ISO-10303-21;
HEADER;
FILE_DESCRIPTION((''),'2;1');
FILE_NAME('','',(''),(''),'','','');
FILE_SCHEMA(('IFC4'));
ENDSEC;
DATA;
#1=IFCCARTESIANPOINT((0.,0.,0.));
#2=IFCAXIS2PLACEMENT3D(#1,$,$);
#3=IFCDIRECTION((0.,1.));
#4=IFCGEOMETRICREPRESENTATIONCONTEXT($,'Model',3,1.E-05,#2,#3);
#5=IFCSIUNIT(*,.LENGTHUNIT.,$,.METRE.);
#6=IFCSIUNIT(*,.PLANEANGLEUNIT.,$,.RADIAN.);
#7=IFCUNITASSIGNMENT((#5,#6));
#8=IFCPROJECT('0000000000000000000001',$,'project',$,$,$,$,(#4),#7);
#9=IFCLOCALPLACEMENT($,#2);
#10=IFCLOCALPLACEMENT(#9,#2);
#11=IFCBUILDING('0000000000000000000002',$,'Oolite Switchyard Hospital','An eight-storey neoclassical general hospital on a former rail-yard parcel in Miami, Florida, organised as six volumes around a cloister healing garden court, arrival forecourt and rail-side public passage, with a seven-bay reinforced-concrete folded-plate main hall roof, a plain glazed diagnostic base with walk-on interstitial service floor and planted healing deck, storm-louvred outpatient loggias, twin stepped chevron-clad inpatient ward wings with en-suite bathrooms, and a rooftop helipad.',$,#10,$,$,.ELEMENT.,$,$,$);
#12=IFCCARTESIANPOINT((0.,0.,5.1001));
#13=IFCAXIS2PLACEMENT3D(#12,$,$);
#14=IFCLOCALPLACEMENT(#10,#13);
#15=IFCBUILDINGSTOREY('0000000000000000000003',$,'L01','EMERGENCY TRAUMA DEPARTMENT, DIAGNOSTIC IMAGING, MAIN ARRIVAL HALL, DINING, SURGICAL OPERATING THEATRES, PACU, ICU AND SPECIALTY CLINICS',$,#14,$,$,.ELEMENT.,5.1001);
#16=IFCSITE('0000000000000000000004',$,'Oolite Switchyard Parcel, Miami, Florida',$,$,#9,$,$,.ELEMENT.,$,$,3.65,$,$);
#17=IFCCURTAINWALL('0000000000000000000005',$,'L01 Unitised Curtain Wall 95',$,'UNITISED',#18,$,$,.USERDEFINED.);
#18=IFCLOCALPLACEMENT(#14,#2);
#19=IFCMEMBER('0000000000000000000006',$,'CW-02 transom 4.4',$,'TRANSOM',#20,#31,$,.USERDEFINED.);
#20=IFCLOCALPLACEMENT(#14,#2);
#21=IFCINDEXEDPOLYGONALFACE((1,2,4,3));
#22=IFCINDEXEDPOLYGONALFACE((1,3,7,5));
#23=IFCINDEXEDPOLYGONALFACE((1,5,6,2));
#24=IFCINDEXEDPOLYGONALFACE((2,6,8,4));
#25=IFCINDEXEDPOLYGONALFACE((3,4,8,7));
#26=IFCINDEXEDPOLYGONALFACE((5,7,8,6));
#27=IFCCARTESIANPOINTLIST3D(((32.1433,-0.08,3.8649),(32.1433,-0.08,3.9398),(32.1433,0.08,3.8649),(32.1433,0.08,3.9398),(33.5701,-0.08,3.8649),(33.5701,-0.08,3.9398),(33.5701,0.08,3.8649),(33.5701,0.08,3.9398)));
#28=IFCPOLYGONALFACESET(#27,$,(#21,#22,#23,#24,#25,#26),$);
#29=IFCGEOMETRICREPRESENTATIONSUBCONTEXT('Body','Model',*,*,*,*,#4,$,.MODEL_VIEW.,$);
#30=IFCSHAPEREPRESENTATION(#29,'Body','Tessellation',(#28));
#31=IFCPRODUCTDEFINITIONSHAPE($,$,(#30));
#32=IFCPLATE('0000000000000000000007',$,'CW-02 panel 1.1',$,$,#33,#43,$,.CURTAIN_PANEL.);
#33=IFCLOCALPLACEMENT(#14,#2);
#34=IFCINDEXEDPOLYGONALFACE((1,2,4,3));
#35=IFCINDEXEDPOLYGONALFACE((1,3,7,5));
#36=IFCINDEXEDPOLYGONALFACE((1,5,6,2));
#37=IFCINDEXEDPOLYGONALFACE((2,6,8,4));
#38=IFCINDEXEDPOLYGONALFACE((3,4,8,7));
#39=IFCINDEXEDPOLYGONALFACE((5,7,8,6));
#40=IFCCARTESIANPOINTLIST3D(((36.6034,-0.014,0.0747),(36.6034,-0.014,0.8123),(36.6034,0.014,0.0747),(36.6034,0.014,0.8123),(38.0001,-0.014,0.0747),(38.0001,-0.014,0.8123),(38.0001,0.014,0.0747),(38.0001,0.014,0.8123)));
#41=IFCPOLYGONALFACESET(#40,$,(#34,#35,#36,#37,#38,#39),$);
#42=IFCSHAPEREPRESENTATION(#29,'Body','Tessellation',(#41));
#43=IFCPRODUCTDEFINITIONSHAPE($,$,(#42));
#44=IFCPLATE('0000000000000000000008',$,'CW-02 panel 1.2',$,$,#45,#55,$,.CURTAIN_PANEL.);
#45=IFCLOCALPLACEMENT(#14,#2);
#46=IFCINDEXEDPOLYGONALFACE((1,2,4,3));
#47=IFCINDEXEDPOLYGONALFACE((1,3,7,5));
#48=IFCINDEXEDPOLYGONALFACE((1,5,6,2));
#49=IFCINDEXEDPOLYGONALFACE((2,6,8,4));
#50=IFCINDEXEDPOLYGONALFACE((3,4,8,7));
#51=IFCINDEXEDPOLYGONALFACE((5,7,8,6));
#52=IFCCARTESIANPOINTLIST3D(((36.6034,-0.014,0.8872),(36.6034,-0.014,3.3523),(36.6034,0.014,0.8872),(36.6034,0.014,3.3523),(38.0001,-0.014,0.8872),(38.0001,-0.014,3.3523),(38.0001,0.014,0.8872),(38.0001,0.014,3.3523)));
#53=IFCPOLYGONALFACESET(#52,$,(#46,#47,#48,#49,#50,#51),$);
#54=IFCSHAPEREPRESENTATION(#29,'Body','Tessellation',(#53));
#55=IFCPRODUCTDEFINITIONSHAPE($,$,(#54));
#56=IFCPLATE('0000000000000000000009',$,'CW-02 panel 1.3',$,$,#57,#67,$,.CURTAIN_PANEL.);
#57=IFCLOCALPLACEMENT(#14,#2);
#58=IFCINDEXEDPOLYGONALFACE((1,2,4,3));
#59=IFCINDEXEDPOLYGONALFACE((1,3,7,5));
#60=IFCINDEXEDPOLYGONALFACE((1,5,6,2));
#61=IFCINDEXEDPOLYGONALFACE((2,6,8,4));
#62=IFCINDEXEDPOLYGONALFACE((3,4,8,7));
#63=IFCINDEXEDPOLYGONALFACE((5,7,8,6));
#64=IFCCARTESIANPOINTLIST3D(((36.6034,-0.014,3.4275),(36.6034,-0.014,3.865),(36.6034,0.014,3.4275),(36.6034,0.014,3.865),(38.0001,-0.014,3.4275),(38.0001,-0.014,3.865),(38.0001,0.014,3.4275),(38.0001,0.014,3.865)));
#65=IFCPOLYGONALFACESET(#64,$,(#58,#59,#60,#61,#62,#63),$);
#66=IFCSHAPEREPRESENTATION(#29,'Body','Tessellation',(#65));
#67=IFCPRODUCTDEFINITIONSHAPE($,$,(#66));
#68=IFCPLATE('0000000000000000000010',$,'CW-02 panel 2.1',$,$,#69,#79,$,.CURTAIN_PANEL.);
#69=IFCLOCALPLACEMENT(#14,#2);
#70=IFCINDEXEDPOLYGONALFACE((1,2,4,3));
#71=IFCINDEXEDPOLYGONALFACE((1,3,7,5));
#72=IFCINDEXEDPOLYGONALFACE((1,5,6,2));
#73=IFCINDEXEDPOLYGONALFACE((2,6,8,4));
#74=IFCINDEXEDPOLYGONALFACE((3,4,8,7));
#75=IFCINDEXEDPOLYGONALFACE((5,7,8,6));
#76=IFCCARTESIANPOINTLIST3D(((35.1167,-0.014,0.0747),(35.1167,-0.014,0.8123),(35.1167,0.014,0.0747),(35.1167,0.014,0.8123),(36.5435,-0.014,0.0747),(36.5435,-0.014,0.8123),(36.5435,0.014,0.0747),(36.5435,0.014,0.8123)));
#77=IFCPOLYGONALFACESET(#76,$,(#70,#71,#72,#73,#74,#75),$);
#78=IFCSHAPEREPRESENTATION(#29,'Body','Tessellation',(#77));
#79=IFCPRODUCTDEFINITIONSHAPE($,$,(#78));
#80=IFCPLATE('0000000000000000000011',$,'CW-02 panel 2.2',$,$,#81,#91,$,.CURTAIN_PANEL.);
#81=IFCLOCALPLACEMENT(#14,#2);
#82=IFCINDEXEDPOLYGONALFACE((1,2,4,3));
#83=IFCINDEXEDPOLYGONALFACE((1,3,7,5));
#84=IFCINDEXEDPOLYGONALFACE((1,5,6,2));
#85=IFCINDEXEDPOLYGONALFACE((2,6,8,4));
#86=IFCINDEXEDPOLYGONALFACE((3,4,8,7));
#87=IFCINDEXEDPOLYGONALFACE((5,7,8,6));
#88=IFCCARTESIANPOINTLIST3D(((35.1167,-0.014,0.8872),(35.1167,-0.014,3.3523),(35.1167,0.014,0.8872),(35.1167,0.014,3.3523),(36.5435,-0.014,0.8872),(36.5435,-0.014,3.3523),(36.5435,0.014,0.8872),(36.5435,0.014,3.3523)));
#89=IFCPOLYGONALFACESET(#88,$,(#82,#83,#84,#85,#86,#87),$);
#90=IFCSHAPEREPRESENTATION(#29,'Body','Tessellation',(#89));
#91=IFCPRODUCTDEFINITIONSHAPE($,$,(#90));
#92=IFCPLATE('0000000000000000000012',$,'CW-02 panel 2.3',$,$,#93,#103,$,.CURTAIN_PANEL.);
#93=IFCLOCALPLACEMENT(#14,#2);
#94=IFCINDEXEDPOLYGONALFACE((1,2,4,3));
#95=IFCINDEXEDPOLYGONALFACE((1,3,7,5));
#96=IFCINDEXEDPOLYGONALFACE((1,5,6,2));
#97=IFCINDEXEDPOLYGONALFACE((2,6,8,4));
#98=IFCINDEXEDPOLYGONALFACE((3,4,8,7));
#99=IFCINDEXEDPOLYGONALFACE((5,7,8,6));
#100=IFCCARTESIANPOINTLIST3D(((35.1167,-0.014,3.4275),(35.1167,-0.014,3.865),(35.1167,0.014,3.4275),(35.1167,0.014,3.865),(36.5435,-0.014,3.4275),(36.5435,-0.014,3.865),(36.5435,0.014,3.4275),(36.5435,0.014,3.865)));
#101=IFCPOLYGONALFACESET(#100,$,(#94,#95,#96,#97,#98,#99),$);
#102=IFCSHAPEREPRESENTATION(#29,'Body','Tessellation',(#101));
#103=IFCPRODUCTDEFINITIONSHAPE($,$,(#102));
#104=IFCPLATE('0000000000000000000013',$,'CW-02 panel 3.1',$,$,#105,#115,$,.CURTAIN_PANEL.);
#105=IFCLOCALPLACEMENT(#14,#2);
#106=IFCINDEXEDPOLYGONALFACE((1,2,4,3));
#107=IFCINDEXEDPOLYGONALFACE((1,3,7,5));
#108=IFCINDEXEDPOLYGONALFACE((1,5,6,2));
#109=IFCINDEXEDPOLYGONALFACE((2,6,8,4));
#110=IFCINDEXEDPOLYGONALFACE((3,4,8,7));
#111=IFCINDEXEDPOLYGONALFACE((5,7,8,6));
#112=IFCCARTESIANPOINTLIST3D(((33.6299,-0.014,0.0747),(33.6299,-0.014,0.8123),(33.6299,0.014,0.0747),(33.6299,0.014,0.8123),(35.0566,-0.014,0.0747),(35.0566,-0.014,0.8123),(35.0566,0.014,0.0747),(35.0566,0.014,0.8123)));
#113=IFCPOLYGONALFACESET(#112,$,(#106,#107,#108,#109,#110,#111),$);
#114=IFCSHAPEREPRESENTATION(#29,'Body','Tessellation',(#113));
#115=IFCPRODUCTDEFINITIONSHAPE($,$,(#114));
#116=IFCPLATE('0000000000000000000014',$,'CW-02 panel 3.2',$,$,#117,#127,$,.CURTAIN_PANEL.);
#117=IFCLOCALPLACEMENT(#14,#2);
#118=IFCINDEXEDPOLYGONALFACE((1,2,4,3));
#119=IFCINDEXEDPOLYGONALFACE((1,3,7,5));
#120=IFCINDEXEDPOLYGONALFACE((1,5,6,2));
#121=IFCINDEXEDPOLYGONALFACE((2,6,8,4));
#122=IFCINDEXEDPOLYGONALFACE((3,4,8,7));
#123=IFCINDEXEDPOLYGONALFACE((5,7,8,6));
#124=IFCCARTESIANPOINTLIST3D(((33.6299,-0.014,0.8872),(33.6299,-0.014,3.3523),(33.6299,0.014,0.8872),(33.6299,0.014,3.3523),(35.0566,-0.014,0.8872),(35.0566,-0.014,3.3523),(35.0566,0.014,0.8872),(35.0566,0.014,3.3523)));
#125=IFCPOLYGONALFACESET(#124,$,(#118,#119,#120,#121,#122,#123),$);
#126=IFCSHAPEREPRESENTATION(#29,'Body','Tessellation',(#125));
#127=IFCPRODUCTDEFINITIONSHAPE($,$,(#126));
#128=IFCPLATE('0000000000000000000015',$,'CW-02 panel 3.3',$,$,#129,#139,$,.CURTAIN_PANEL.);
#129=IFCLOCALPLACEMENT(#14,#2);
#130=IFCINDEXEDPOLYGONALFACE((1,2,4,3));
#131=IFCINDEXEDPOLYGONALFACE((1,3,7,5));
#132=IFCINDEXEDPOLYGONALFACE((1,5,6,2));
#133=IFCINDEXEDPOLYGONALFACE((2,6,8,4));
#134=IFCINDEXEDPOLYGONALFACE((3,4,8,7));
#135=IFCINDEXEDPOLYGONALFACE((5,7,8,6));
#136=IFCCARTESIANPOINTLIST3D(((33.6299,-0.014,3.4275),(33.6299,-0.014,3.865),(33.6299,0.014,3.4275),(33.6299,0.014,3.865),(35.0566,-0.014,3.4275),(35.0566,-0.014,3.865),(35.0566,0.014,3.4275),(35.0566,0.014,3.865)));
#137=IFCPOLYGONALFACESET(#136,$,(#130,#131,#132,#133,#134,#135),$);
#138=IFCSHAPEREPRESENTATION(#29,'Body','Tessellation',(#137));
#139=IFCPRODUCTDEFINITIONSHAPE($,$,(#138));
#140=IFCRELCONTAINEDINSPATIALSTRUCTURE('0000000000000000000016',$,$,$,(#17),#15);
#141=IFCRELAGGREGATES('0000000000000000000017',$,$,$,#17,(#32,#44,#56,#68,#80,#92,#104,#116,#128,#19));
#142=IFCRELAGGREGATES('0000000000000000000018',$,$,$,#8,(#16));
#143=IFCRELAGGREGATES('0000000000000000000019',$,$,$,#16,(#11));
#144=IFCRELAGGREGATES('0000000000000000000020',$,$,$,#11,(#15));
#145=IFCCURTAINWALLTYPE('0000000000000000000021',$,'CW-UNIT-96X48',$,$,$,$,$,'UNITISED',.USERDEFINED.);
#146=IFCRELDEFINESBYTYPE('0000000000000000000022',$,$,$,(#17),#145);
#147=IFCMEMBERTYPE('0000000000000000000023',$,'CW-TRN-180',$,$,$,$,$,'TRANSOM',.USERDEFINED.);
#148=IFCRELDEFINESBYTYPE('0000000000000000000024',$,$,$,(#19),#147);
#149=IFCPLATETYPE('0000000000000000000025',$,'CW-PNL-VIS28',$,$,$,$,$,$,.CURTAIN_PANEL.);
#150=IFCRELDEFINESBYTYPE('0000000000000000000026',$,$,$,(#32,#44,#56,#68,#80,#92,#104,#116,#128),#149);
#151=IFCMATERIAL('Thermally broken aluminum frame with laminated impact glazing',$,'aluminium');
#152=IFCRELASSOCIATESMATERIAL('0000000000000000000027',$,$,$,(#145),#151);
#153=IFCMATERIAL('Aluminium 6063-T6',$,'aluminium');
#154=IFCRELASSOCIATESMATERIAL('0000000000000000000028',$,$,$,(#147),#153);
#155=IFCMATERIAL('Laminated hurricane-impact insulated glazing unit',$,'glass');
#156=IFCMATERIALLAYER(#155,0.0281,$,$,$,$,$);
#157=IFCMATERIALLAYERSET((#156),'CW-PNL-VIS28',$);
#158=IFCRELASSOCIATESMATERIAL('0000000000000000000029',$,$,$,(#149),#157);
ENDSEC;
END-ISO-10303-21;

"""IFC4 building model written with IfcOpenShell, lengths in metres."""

from ifc_helpers import new_model, si_unit, direction, frame, origin, origin_2d, place, context, subcontext, project, spatial, rectangle, extrude, material, layer, layer_set, material_profile, profile_set, type_object, element, aggregate, save


model = new_model("IFC4")

# Units and contexts
model_context = context("Model", 3, precision=1e-05, world=origin(), true_north=direction((0.0, 1.0)))
body_context = subcontext(model_context, "Body", "Model", "MODEL_VIEW")
ifc_project = project(units=[si_unit("LENGTHUNIT", "METRE"), si_unit("PLANEANGLEUNIT", "RADIAN")], contexts=[model_context])

# Site, building, storey
site_placement = place(None, origin())
site = spatial("IfcSite", under=ifc_project, at=site_placement, Name="Oolite Switchyard Parcel, Miami, Florida", CompositionType="ELEMENT", RefElevation=3.65)
building_placement = place(site_placement, origin())
building = spatial("IfcBuilding", under=site, at=building_placement, Name="Oolite Switchyard Hospital", Description="An eight-storey neoclassical general hospital on a former rail-yard parcel in Miami, Florida, organised as six volumes around a cloister healing garden court, arrival forecourt and rail-side public passage, with a seven-bay reinforced-concrete folded-plate main hall roof, a plain glazed diagnostic base with walk-on interstitial service floor and planted healing deck, storm-louvred outpatient loggias, twin stepped chevron-clad inpatient ward wings with en-suite bathrooms, and a rooftop helipad.", CompositionType="ELEMENT")
storey_placement = place(building_placement, frame((0.0, 0.0, 5.1001)))
storey = spatial("IfcBuildingStorey", under=building, at=storey_placement, Name="L01", Description="EMERGENCY TRAUMA DEPARTMENT, DIAGNOSTIC IMAGING, MAIN ARRIVAL HALL, DINING, SURGICAL OPERATING THEATRES, PACU, ICU AND SPECIALTY CLINICS", CompositionType="ELEMENT", Elevation=5.1001)

# Curtain wall, member, plates
ifc_material_1 = material(Name="Thermally broken aluminum frame with laminated impact glazing", Category="aluminium")
curtain_wall_type = type_object("IfcCurtainWallType", Name="CW-UNIT-96X48", ElementType="UNITISED", PredefinedType="USERDEFINED", material=ifc_material_1)
curtain_wall_placement = place(storey_placement, origin())
curtain_wall = element("IfcCurtainWall", 1, at=curtain_wall_placement, inside=storey, type_object=curtain_wall_type, Name="L01 Unitised Curtain Wall 95", ObjectType="UNITISED", PredefinedType="USERDEFINED")
ifc_material_2 = material(Name="Aluminium 6063-T6", Category="aluminium")
ifc_material_profile_1 = material_profile(ifc_material_2, rectangle(XDim=0.1599, YDim=0.075, at=origin_2d()), Name="CWT75X160")
ifc_profile_set_1 = profile_set([ifc_material_profile_1], Name="Aluminium 6063-T6")
member_type_1 = type_object("IfcMemberType", Name="CW-TRN-180", ElementType="TRANSOM", PredefinedType="USERDEFINED", material=ifc_profile_set_1)
member_1_placement = place(storey_placement, frame((33.5701, 0.0, 3.9023), z_axis=(-1.0, 0.0, 0.0), x_axis=(0.0, -1.0, 0.0)))
member_1 = element("IfcMember", 2, at=member_1_placement, type_object=member_type_1, Name="CW-02 transom 4.4", ObjectType="TRANSOM", PredefinedType="USERDEFINED", context=body_context, shape_type="SweptSolid", body=[
    extrude(rectangle(XDim=0.1599, YDim=0.075, at=origin_2d()), origin(), (0.0, 0.0, 1.0), 1.4268),
])
ifc_material_3 = material(Name="Laminated hurricane-impact insulated glazing unit", Category="glass")
ifc_layer = layer(ifc_material_3, 0.0281)
ifc_layer_set = layer_set([ifc_layer], Name="CW-PNL-VIS28")
plate_type = type_object("IfcPlateType", Name="CW-PNL-VIS28", PredefinedType="CURTAIN_PANEL", material=ifc_layer_set)
plate_1_placement = place(storey_placement, frame((37.3018, 0.0, 0.0747), z_axis=(0.0, 0.0, 1.0), x_axis=(-1.0, 0.0, 0.0)))
plate_1 = element("IfcPlate", 3, at=plate_1_placement, type_object=plate_type, Name="CW-02 panel 1.1", PredefinedType="CURTAIN_PANEL", context=body_context, shape_type="SweptSolid", body=[
    extrude(rectangle(XDim=1.3967, YDim=0.0281, at=origin_2d()), origin(), (0.0, 0.0, 1.0), 0.7375),
])
plate_2_placement = place(storey_placement, frame((37.3018, 0.0, 0.8872), z_axis=(0.0, 0.0, 1.0), x_axis=(-1.0, 0.0, 0.0)))
plate_2 = element("IfcPlate", 4, at=plate_2_placement, type_object=plate_type, Name="CW-02 panel 1.2", PredefinedType="CURTAIN_PANEL", context=body_context, shape_type="SweptSolid", body=[
    extrude(rectangle(XDim=1.3967, YDim=0.0281, at=origin_2d()), origin(), (0.0, 0.0, 1.0), 2.4651),
])
plate_3_placement = place(storey_placement, frame((37.3018, 0.0, 3.4275), z_axis=(0.0, 0.0, 1.0), x_axis=(-1.0, 0.0, 0.0)))
plate_3 = element("IfcPlate", 5, at=plate_3_placement, type_object=plate_type, Name="CW-02 panel 1.3", PredefinedType="CURTAIN_PANEL", context=body_context, shape_type="SweptSolid", body=[
    extrude(rectangle(XDim=1.3967, YDim=0.0281, at=origin_2d()), origin(), (0.0, 0.0, 1.0), 0.4375),
])
plate_4_placement = place(storey_placement, frame((35.8301, 0.0, 0.0747), z_axis=(0.0, 0.0, 1.0), x_axis=(-1.0, 0.0, 0.0)))
plate_4 = element("IfcPlate", 6, at=plate_4_placement, type_object=plate_type, Name="CW-02 panel 2.1", PredefinedType="CURTAIN_PANEL", context=body_context, shape_type="SweptSolid", body=[
    extrude(rectangle(XDim=1.4268, YDim=0.0281, at=origin_2d()), origin(), (0.0, 0.0, 1.0), 0.7375),
])
plate_5_placement = place(storey_placement, frame((35.8301, 0.0, 0.8872), z_axis=(0.0, 0.0, 1.0), x_axis=(-1.0, 0.0, 0.0)))
plate_5 = element("IfcPlate", 7, at=plate_5_placement, type_object=plate_type, Name="CW-02 panel 2.2", PredefinedType="CURTAIN_PANEL", context=body_context, shape_type="SweptSolid", body=[
    extrude(rectangle(XDim=1.4268, YDim=0.0281, at=origin_2d()), origin(), (0.0, 0.0, 1.0), 2.4651),
])
plate_6_placement = place(storey_placement, frame((35.8301, 0.0, 3.4275), z_axis=(0.0, 0.0, 1.0), x_axis=(-1.0, 0.0, 0.0)))
plate_6 = element("IfcPlate", 8, at=plate_6_placement, type_object=plate_type, Name="CW-02 panel 2.3", PredefinedType="CURTAIN_PANEL", context=body_context, shape_type="SweptSolid", body=[
    extrude(rectangle(XDim=1.4268, YDim=0.0281, at=origin_2d()), origin(), (0.0, 0.0, 1.0), 0.4375),
])
plate_7_placement = place(storey_placement, frame((34.3433, 0.0, 0.0747), z_axis=(0.0, 0.0, 1.0), x_axis=(-1.0, 0.0, 0.0)))
plate_7 = element("IfcPlate", 9, at=plate_7_placement, type_object=plate_type, Name="CW-02 panel 3.1", PredefinedType="CURTAIN_PANEL", context=body_context, shape_type="SweptSolid", body=[
    extrude(rectangle(XDim=1.4268, YDim=0.0281, at=origin_2d()), origin(), (0.0, 0.0, 1.0), 0.7375),
])
plate_8_placement = place(storey_placement, frame((34.3433, 0.0, 0.8872), z_axis=(0.0, 0.0, 1.0), x_axis=(-1.0, 0.0, 0.0)))
plate_8 = element("IfcPlate", 10, at=plate_8_placement, type_object=plate_type, Name="CW-02 panel 3.2", PredefinedType="CURTAIN_PANEL", context=body_context, shape_type="SweptSolid", body=[
    extrude(rectangle(XDim=1.4268, YDim=0.0281, at=origin_2d()), origin(), (0.0, 0.0, 1.0), 2.4651),
])
plate_9_placement = place(storey_placement, frame((34.3433, 0.0, 3.4275), z_axis=(0.0, 0.0, 1.0), x_axis=(-1.0, 0.0, 0.0)))
plate_9 = element("IfcPlate", 11, at=plate_9_placement, type_object=plate_type, Name="CW-02 panel 3.3", PredefinedType="CURTAIN_PANEL", context=body_context, shape_type="SweptSolid", body=[
    extrude(rectangle(XDim=1.4268, YDim=0.0281, at=origin_2d()), origin(), (0.0, 0.0, 1.0), 0.4375),
])
aggregate(curtain_wall, [plate_1, plate_2, plate_3, plate_4, plate_5, plate_6, plate_7, plate_8, plate_9, member_1])

save(model, "model.ifc")
